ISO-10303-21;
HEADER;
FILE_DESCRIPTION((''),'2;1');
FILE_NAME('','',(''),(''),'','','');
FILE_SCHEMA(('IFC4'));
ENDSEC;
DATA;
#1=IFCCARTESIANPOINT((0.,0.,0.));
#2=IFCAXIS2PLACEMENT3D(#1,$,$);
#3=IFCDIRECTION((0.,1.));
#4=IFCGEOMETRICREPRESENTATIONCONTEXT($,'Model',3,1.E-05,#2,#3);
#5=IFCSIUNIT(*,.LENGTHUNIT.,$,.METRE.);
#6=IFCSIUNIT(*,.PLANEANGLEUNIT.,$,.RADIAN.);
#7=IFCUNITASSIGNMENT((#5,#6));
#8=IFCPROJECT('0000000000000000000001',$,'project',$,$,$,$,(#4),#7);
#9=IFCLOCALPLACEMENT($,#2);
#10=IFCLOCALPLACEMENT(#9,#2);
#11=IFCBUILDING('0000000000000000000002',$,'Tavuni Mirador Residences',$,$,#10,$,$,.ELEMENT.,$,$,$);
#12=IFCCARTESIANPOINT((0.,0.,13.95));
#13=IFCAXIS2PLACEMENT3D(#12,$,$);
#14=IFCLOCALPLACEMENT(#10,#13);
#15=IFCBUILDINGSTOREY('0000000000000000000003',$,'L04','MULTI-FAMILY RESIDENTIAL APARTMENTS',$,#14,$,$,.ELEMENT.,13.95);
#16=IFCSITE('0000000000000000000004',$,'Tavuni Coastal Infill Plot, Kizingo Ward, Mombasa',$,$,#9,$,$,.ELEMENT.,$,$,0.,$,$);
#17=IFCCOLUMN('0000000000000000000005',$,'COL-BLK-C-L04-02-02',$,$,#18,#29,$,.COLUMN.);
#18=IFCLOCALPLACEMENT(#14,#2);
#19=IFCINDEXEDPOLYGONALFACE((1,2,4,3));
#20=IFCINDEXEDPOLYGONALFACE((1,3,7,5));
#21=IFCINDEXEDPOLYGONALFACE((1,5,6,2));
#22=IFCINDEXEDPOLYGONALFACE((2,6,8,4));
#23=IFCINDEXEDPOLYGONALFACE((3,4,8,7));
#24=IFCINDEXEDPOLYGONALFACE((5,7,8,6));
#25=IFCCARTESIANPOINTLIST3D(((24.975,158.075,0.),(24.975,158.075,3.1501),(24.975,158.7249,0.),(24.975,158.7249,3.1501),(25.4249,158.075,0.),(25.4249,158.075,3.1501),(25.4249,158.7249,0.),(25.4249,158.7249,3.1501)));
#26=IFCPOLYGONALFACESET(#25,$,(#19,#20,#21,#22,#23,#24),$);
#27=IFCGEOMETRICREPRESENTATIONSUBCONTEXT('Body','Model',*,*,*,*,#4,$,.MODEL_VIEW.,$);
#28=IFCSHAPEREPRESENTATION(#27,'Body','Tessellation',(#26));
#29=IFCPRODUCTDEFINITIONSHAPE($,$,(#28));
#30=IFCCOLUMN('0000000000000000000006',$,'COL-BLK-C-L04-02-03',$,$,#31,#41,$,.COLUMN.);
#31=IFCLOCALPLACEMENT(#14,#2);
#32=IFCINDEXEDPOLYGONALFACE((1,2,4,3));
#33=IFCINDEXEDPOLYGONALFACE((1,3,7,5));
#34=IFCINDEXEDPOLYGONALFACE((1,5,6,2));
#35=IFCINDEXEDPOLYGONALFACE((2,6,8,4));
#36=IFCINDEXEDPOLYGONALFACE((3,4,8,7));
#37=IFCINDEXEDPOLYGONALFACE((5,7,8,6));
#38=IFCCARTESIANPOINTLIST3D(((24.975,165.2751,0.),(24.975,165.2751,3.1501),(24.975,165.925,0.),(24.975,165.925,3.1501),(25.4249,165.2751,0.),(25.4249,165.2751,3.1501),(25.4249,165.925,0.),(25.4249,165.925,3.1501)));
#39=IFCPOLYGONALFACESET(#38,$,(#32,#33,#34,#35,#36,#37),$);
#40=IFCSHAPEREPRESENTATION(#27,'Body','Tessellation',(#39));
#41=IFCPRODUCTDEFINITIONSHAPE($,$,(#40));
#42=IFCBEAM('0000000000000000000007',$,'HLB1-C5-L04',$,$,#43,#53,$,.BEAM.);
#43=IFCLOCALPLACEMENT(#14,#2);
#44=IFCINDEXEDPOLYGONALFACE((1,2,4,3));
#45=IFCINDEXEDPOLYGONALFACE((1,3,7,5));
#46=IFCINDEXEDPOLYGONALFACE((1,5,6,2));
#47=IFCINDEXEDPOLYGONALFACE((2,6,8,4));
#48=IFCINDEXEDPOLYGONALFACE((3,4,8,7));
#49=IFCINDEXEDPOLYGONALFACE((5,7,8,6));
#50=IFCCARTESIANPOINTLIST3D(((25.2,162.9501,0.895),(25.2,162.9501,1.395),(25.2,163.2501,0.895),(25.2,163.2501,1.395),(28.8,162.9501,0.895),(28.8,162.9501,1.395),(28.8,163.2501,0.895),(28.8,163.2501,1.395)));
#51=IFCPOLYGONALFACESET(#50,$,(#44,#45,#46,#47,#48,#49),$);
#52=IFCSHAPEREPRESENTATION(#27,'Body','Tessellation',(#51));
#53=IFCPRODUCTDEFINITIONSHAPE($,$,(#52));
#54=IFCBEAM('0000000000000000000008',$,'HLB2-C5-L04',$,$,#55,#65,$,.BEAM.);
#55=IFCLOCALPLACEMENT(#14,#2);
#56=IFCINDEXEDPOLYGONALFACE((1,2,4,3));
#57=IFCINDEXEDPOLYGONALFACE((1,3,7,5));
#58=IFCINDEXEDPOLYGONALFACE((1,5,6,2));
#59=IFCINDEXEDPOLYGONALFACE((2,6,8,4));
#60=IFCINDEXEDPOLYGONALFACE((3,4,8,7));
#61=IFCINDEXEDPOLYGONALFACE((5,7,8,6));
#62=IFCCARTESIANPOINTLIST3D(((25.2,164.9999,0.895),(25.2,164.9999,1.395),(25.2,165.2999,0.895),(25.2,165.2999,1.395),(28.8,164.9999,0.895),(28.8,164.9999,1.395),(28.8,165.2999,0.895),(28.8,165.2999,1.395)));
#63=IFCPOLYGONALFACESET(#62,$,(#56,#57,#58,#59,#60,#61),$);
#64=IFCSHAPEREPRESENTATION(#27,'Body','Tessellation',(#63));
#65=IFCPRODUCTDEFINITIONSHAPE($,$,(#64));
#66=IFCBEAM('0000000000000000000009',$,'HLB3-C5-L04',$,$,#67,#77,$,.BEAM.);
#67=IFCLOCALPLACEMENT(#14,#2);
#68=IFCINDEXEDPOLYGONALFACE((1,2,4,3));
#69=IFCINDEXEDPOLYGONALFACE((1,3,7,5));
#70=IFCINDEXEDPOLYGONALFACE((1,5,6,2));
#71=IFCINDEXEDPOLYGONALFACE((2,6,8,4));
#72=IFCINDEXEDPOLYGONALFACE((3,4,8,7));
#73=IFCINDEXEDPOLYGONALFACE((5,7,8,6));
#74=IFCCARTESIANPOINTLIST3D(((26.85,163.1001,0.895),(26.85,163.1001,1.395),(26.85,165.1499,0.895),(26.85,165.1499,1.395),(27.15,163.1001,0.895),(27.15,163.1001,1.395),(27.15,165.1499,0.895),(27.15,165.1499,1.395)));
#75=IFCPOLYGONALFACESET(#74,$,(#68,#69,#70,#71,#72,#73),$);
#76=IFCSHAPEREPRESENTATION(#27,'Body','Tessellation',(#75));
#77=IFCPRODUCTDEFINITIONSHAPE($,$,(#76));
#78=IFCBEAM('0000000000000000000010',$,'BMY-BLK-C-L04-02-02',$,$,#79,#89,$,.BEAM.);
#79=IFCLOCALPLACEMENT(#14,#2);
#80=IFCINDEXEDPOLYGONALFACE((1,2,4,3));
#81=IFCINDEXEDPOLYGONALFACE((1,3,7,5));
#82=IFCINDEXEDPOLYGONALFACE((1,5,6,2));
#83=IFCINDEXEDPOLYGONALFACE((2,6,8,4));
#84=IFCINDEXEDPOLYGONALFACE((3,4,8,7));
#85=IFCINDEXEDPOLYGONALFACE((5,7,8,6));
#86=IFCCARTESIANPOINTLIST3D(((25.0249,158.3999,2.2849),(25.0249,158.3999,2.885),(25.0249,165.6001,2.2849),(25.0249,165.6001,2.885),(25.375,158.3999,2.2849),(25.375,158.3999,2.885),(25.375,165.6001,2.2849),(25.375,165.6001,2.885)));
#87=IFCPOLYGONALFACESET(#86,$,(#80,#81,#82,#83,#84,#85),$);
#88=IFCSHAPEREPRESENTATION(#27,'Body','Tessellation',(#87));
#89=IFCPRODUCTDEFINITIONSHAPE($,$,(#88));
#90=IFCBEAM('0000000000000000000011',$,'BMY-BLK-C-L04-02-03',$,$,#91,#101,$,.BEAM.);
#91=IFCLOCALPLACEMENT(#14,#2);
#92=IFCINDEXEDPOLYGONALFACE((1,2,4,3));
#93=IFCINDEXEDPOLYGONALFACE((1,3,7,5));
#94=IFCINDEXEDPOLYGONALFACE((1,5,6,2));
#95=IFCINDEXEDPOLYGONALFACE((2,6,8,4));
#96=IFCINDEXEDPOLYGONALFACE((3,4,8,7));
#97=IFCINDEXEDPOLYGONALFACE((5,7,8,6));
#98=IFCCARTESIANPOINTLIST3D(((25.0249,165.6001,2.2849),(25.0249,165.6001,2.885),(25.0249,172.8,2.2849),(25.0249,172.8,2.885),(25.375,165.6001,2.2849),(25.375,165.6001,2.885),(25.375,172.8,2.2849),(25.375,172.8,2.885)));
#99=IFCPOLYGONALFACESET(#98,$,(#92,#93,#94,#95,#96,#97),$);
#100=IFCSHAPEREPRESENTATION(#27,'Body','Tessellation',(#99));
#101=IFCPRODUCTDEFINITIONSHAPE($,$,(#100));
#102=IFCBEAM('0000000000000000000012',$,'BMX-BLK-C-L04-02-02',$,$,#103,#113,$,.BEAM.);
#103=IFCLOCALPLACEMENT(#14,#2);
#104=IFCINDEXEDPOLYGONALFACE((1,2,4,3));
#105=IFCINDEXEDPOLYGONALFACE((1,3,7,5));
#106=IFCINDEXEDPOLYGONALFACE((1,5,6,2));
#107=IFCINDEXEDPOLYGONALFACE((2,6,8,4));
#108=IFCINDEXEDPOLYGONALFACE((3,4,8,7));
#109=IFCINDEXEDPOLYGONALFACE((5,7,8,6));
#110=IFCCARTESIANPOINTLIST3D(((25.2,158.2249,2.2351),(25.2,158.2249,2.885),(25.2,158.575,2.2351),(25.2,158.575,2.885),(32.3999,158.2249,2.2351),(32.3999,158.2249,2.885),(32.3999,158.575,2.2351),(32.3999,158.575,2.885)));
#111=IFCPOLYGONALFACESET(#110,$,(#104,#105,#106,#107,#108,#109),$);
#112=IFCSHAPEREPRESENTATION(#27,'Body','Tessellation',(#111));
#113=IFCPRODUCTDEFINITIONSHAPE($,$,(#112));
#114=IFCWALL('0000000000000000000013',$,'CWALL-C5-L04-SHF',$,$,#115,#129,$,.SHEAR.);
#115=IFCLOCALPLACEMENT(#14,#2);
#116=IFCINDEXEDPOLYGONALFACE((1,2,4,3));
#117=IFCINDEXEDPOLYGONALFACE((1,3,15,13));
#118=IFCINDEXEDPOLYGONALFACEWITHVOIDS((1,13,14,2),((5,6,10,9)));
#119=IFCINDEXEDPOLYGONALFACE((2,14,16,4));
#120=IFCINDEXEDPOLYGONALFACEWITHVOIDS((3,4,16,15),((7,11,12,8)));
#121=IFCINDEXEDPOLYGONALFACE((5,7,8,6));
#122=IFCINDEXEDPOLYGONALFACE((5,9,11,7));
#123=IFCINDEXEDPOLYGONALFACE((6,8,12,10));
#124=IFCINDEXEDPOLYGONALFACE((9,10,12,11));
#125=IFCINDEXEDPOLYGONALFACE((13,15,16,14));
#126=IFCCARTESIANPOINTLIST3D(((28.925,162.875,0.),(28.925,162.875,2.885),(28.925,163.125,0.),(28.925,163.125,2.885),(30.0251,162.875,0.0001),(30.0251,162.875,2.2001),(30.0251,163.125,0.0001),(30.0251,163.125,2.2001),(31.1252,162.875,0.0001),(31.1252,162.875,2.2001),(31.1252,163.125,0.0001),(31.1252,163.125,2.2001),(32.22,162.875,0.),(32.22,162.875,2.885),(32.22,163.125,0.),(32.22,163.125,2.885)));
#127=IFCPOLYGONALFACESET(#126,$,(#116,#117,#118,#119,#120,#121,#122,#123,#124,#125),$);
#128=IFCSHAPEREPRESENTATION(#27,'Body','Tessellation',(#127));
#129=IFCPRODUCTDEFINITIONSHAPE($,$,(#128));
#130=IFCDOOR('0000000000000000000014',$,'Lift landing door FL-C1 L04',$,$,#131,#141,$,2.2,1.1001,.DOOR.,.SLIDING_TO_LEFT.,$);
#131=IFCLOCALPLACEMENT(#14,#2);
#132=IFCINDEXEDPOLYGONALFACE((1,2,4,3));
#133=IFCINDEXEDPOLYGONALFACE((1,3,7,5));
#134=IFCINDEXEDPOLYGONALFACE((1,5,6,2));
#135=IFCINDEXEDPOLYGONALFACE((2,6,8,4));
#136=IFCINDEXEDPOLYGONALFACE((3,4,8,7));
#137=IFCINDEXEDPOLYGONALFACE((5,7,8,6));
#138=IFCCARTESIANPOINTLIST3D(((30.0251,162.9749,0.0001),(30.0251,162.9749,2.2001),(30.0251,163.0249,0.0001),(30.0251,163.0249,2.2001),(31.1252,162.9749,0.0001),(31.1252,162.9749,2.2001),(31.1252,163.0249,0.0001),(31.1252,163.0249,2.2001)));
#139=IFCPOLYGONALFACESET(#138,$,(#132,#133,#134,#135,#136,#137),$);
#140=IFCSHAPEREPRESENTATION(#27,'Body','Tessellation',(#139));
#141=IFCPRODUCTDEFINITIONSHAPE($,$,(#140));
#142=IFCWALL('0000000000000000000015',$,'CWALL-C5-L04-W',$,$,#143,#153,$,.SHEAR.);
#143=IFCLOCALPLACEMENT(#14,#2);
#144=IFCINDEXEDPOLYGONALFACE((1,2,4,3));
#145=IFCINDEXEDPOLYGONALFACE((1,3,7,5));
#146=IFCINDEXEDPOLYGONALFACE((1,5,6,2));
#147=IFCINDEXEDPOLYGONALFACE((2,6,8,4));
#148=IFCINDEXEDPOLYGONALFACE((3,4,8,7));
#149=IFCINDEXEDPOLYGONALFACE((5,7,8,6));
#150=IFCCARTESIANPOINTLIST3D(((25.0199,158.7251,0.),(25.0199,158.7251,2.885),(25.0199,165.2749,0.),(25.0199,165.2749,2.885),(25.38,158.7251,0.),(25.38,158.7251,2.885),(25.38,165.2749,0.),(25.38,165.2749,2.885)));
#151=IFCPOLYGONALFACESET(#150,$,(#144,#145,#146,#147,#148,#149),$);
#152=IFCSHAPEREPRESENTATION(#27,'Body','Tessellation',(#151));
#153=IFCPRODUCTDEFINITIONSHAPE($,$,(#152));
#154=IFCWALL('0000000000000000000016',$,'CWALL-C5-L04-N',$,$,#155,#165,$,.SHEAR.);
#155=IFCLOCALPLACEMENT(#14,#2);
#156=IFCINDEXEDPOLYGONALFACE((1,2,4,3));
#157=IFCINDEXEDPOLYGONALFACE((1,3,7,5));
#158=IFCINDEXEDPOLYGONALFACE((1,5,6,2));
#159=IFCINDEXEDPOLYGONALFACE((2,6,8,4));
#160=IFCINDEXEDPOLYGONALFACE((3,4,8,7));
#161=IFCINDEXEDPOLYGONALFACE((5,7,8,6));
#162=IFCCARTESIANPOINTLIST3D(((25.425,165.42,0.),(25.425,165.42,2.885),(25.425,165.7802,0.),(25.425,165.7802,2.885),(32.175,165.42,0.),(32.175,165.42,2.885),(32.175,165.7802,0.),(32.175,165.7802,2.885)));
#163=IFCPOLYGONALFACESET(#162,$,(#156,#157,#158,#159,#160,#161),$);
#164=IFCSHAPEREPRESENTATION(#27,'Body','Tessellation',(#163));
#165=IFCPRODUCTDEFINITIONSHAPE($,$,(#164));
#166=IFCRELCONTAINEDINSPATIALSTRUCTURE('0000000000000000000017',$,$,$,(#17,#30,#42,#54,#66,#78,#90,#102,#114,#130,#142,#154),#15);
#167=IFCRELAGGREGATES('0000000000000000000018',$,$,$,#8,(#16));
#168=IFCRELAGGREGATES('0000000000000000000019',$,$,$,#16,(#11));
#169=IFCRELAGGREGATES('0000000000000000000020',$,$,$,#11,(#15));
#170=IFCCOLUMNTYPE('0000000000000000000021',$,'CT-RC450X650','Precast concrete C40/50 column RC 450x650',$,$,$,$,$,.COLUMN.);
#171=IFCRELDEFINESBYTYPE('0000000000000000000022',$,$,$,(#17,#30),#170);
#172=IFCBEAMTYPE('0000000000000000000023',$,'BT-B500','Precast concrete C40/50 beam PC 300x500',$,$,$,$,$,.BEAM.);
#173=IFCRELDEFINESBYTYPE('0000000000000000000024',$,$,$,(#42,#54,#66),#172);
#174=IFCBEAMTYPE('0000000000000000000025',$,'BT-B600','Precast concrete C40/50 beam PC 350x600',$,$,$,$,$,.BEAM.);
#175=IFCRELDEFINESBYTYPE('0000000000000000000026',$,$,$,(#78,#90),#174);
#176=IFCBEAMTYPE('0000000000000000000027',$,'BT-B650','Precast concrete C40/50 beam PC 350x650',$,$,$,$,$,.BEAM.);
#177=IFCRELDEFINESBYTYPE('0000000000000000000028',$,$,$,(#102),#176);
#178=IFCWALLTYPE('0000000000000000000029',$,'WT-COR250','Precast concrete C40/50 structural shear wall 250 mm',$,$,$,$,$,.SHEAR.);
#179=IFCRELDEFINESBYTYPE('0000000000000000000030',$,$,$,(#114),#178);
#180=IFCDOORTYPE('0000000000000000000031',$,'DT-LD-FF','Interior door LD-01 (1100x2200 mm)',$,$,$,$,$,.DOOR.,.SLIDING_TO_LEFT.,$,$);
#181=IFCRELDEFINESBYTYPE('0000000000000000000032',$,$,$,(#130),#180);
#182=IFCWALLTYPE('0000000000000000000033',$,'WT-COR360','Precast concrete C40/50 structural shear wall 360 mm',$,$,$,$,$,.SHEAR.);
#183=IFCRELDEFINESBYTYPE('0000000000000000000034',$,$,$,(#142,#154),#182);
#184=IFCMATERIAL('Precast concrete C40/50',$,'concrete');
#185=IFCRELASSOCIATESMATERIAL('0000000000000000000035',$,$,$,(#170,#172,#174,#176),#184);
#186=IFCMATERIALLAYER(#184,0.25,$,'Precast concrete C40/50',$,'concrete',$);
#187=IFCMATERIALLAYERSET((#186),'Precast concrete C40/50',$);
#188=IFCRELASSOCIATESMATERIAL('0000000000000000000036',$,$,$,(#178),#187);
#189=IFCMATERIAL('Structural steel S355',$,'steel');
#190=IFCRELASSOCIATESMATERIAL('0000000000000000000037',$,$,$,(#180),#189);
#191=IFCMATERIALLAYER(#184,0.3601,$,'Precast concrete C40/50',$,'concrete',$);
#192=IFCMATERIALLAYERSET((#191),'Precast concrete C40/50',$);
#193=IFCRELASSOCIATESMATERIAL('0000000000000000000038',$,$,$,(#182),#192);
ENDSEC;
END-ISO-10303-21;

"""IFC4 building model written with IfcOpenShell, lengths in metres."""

from ifc_helpers import new_model, si_unit, direction, frame, frame_2d, origin, origin_2d, place, context, subcontext, project, spatial, rectangle, extrude, material, layer, layer_set, material_profile, profile_set, type_object, element, fill, save


model = new_model("IFC4")

# Units and contexts
model_context = context("Model", 3, precision=1e-05, world=origin(), true_north=direction((0.0, 1.0)))
body_context = subcontext(model_context, "Body", "Model", "MODEL_VIEW")
ifc_project = project(units=[si_unit("LENGTHUNIT", "METRE"), si_unit("PLANEANGLEUNIT", "RADIAN")], contexts=[model_context])

# Site, building, storey
site_placement = place(None, origin())
site = spatial("IfcSite", under=ifc_project, at=site_placement, Name="Tavuni Coastal Infill Plot, Kizingo Ward, Mombasa", CompositionType="ELEMENT", RefElevation=0.0)
building_placement = place(site_placement, origin())
building = spatial("IfcBuilding", under=site, at=building_placement, Name="Tavuni Mirador Residences", CompositionType="ELEMENT")
storey_placement = place(building_placement, frame((0.0, 0.0, 13.95)))
storey = spatial("IfcBuildingStorey", under=building, at=storey_placement, Name="L04", Description="MULTI-FAMILY RESIDENTIAL APARTMENTS", CompositionType="ELEMENT", Elevation=13.95)

# Columns
ifc_material_1 = material(Name="Precast concrete C40/50", Category="concrete")
ifc_material_profile_1 = material_profile(ifc_material_1, rectangle(XDim=0.45, YDim=0.6499, at=origin_2d()), Name="RC 450x650", Category="concrete")
ifc_profile_set_1 = profile_set([ifc_material_profile_1], Name="Precast concrete C40/50")
column_type = type_object("IfcColumnType", Name="CT-RC450X650", Description="Precast concrete C40/50 column RC 450x650", PredefinedType="COLUMN", material=ifc_profile_set_1)
for number, where, z_axis, x_axis, name in (
    (1, (25.2, 158.3999, 0.0), (0.0, 0.0, 1.0), (1.0, 0.0, 0.0), "COL-BLK-C-L04-02-02"),
    (2, (25.2, 165.6001, 0.0), (0.0, 0.0, 1.0), (1.0, 0.0, 0.0), "COL-BLK-C-L04-02-03"),
):
    element("IfcColumn", number, at=place(storey_placement, frame(where, z_axis=z_axis, x_axis=x_axis)), inside=storey, type_object=column_type, Name=name, PredefinedType="COLUMN", context=body_context, shape_type="SweptSolid", body=[
        extrude(rectangle(XDim=0.45, YDim=0.6499, at=origin_2d()), origin(), (0.0, 0.0, 1.0), 3.1501),
    ])

# Beams
ifc_material_profile_2 = material_profile(ifc_material_1, rectangle(XDim=0.3, YDim=0.5, at=origin_2d()), Name="PC 300x500", Category="concrete")
ifc_profile_set_2 = profile_set([ifc_material_profile_2], Name="Precast concrete C40/50")
beam_type_1 = type_object("IfcBeamType", Name="BT-B500", Description="Precast concrete C40/50 beam PC 300x500", PredefinedType="BEAM", material=ifc_profile_set_2)
for number, where, z_axis, x_axis, name in (
    (3, (25.2, 163.1001, 1.145), (1.0, 0.0, 0.0), (0.0, 1.0, 0.0), "HLB1-C5-L04"),
    (4, (25.2, 165.1499, 1.145), (1.0, 0.0, 0.0), (0.0, 1.0, 0.0), "HLB2-C5-L04"),
):
    element("IfcBeam", number, at=place(storey_placement, frame(where, z_axis=z_axis, x_axis=x_axis)), inside=storey, type_object=beam_type_1, Name=name, PredefinedType="BEAM", context=body_context, shape_type="SweptSolid", body=[
        extrude(rectangle(XDim=0.3, YDim=0.5, at=origin_2d()), origin(), (0.0, 0.0, 1.0), 3.6001),
    ])
beam_1_placement = place(storey_placement, frame((27.0, 163.1001, 1.145), z_axis=(0.0, 1.0, 0.0), x_axis=(-1.0, 0.0, 0.0)))
element("IfcBeam", 5, at=beam_1_placement, inside=storey, type_object=beam_type_1, Name="HLB3-C5-L04", PredefinedType="BEAM", context=body_context, shape_type="SweptSolid", body=[
    extrude(rectangle(XDim=0.3, YDim=0.5, at=origin_2d()), origin(), (0.0, 0.0, 1.0), 2.0498),
])
ifc_material_profile_3 = material_profile(ifc_material_1, rectangle(XDim=0.3501, YDim=0.6001, at=origin_2d()), Name="PC 350x600", Category="concrete")
ifc_profile_set_3 = profile_set([ifc_material_profile_3], Name="Precast concrete C40/50")
beam_type_2 = type_object("IfcBeamType", Name="BT-B600", Description="Precast concrete C40/50 beam PC 350x600", PredefinedType="BEAM", material=ifc_profile_set_3)
beam_2_placement = place(storey_placement, frame((25.2, 158.3999, 2.585), z_axis=(0.0, 1.0, 0.0), x_axis=(-1.0, 0.0, 0.0)))
element("IfcBeam", 6, at=beam_2_placement, inside=storey, type_object=beam_type_2, Name="BMY-BLK-C-L04-02-02", PredefinedType="BEAM", context=body_context, shape_type="SweptSolid", body=[
    extrude(rectangle(XDim=0.3501, YDim=0.6001, at=origin_2d()), origin(), (0.0, 0.0, 1.0), 7.2002),
])
beam_3_placement = place(storey_placement, frame((25.2, 165.6001, 2.585), z_axis=(0.0, 1.0, 0.0), x_axis=(-1.0, 0.0, 0.0)))
element("IfcBeam", 7, at=beam_3_placement, inside=storey, type_object=beam_type_2, Name="BMY-BLK-C-L04-02-03", PredefinedType="BEAM", context=body_context, shape_type="SweptSolid", body=[
    extrude(rectangle(XDim=0.3501, YDim=0.6001, at=origin_2d()), origin(), (0.0, 0.0, 1.0), 7.2),
])
ifc_material_profile_4 = material_profile(ifc_material_1, rectangle(XDim=0.3501, YDim=0.6499, at=origin_2d()), Name="PC 350x650", Category="concrete")
ifc_profile_set_4 = profile_set([ifc_material_profile_4], Name="Precast concrete C40/50")
beam_type_3 = type_object("IfcBeamType", Name="BT-B650", Description="Precast concrete C40/50 beam PC 350x650", PredefinedType="BEAM", material=ifc_profile_set_4)
beam_4_placement = place(storey_placement, frame((25.2, 158.3999, 2.5601), z_axis=(1.0, 0.0, 0.0), x_axis=(0.0, 1.0, 0.0)))
element("IfcBeam", 8, at=beam_4_placement, inside=storey, type_object=beam_type_3, Name="BMX-BLK-C-L04-02-02", PredefinedType="BEAM", context=body_context, shape_type="SweptSolid", body=[
    extrude(rectangle(XDim=0.3501, YDim=0.6499, at=origin_2d()), origin(), (0.0, 0.0, 1.0), 7.2),
])

# Wall, opening, door
ifc_layer_1 = layer(ifc_material_1, 0.25, Name="Precast concrete C40/50", Category="concrete")
ifc_layer_set_1 = layer_set([ifc_layer_1], Name="Precast concrete C40/50")
wall_type_1 = type_object("IfcWallType", Name="WT-COR250", Description="Precast concrete C40/50 structural shear wall 250 mm", PredefinedType="SHEAR", material=ifc_layer_set_1)
wall_1_placement = place(storey_placement, frame((28.925, 163.0, 0.0), z_axis=(0.0, 0.0, 1.0), x_axis=(1.0, 0.0, 0.0)))
wall_1 = element("IfcWall", 9, at=wall_1_placement, inside=storey, type_object=wall_type_1, Name="CWALL-C5-L04-SHF", PredefinedType="SHEAR", context=body_context, shape_type="SweptSolid", body=[
    extrude(rectangle(XDim=3.2949, YDim=0.25, at=frame_2d((1.6475, 0.0))), origin(), (0.0, 0.0, 1.0), 2.885),
])
opening_1_placement = place(wall_1_placement, frame((1.1001, 0.0, 0.0)))
opening_1 = element("IfcOpeningElement", 10, at=opening_1_placement, cuts=wall_1, PredefinedType="OPENING", context=body_context, shape_type="SweptSolid", body=[
    extrude(rectangle(XDim=1.1001, YDim=2.2, at=frame_2d((0.55, 1.1001))), frame((0.0, 0.135, 0.0), z_axis=(0.0, -1.0, 0.0), x_axis=(1.0, 0.0, 0.0)), (0.0, 0.0, 1.0), 0.27),
])
ifc_material_2 = material(Name="Structural steel S355", Category="steel")
door_type_1 = type_object("IfcDoorType", Name="DT-LD-FF", Description="Interior door LD-01 (1100x2200 mm)", OperationType="SLIDING_TO_LEFT", PredefinedType="DOOR", material=ifc_material_2)
door_1_placement = place(opening_1_placement, origin())
door_1 = element("IfcDoor", 11, at=door_1_placement, inside=storey, type_object=door_type_1, Name="Lift landing door FL-C1 L04", OperationType="SLIDING_TO_LEFT", OverallHeight=2.2, OverallWidth=1.1001, PredefinedType="DOOR", context=body_context, shape_type="SweptSolid", body=[
    extrude(rectangle(XDim=1.1001, YDim=2.2, at=frame_2d((0.55, 1.1001))), frame((0.0, 0.0249, 0.0), z_axis=(0.0, -1.0, 0.0), x_axis=(1.0, 0.0, 0.0)), (0.0, 0.0, 1.0), 0.05),
])
fill(opening_1, door_1)

# Walls
ifc_layer_2 = layer(ifc_material_1, 0.3601, Name="Precast concrete C40/50", Category="concrete")
ifc_layer_set_2 = layer_set([ifc_layer_2], Name="Precast concrete C40/50")
wall_type_2 = type_object("IfcWallType", Name="WT-COR360", Description="Precast concrete C40/50 structural shear wall 360 mm", PredefinedType="SHEAR", material=ifc_layer_set_2)
wall_2_placement = place(storey_placement, frame((25.2, 158.7251, 0.0), z_axis=(0.0, 0.0, 1.0), x_axis=(0.0, 1.0, 0.0)))
element("IfcWall", 12, at=wall_2_placement, inside=storey, type_object=wall_type_2, Name="CWALL-C5-L04-W", PredefinedType="SHEAR", context=body_context, shape_type="SweptSolid", body=[
    extrude(rectangle(XDim=6.5498, YDim=0.3601, at=frame_2d((3.2749, 0.0))), origin(), (0.0, 0.0, 1.0), 2.885),
])
wall_3_placement = place(storey_placement, frame((25.425, 165.6001, 0.0), z_axis=(0.0, 0.0, 1.0), x_axis=(1.0, 0.0, 0.0)))
element("IfcWall", 13, at=wall_3_placement, inside=storey, type_object=wall_type_2, Name="CWALL-C5-L04-N", PredefinedType="SHEAR", context=body_context, shape_type="SweptSolid", body=[
    extrude(rectangle(XDim=6.75, YDim=0.3601, at=frame_2d((3.375, 0.0))), origin(), (0.0, 0.0, 1.0), 2.885),
])

save(model, "model.ifc")
